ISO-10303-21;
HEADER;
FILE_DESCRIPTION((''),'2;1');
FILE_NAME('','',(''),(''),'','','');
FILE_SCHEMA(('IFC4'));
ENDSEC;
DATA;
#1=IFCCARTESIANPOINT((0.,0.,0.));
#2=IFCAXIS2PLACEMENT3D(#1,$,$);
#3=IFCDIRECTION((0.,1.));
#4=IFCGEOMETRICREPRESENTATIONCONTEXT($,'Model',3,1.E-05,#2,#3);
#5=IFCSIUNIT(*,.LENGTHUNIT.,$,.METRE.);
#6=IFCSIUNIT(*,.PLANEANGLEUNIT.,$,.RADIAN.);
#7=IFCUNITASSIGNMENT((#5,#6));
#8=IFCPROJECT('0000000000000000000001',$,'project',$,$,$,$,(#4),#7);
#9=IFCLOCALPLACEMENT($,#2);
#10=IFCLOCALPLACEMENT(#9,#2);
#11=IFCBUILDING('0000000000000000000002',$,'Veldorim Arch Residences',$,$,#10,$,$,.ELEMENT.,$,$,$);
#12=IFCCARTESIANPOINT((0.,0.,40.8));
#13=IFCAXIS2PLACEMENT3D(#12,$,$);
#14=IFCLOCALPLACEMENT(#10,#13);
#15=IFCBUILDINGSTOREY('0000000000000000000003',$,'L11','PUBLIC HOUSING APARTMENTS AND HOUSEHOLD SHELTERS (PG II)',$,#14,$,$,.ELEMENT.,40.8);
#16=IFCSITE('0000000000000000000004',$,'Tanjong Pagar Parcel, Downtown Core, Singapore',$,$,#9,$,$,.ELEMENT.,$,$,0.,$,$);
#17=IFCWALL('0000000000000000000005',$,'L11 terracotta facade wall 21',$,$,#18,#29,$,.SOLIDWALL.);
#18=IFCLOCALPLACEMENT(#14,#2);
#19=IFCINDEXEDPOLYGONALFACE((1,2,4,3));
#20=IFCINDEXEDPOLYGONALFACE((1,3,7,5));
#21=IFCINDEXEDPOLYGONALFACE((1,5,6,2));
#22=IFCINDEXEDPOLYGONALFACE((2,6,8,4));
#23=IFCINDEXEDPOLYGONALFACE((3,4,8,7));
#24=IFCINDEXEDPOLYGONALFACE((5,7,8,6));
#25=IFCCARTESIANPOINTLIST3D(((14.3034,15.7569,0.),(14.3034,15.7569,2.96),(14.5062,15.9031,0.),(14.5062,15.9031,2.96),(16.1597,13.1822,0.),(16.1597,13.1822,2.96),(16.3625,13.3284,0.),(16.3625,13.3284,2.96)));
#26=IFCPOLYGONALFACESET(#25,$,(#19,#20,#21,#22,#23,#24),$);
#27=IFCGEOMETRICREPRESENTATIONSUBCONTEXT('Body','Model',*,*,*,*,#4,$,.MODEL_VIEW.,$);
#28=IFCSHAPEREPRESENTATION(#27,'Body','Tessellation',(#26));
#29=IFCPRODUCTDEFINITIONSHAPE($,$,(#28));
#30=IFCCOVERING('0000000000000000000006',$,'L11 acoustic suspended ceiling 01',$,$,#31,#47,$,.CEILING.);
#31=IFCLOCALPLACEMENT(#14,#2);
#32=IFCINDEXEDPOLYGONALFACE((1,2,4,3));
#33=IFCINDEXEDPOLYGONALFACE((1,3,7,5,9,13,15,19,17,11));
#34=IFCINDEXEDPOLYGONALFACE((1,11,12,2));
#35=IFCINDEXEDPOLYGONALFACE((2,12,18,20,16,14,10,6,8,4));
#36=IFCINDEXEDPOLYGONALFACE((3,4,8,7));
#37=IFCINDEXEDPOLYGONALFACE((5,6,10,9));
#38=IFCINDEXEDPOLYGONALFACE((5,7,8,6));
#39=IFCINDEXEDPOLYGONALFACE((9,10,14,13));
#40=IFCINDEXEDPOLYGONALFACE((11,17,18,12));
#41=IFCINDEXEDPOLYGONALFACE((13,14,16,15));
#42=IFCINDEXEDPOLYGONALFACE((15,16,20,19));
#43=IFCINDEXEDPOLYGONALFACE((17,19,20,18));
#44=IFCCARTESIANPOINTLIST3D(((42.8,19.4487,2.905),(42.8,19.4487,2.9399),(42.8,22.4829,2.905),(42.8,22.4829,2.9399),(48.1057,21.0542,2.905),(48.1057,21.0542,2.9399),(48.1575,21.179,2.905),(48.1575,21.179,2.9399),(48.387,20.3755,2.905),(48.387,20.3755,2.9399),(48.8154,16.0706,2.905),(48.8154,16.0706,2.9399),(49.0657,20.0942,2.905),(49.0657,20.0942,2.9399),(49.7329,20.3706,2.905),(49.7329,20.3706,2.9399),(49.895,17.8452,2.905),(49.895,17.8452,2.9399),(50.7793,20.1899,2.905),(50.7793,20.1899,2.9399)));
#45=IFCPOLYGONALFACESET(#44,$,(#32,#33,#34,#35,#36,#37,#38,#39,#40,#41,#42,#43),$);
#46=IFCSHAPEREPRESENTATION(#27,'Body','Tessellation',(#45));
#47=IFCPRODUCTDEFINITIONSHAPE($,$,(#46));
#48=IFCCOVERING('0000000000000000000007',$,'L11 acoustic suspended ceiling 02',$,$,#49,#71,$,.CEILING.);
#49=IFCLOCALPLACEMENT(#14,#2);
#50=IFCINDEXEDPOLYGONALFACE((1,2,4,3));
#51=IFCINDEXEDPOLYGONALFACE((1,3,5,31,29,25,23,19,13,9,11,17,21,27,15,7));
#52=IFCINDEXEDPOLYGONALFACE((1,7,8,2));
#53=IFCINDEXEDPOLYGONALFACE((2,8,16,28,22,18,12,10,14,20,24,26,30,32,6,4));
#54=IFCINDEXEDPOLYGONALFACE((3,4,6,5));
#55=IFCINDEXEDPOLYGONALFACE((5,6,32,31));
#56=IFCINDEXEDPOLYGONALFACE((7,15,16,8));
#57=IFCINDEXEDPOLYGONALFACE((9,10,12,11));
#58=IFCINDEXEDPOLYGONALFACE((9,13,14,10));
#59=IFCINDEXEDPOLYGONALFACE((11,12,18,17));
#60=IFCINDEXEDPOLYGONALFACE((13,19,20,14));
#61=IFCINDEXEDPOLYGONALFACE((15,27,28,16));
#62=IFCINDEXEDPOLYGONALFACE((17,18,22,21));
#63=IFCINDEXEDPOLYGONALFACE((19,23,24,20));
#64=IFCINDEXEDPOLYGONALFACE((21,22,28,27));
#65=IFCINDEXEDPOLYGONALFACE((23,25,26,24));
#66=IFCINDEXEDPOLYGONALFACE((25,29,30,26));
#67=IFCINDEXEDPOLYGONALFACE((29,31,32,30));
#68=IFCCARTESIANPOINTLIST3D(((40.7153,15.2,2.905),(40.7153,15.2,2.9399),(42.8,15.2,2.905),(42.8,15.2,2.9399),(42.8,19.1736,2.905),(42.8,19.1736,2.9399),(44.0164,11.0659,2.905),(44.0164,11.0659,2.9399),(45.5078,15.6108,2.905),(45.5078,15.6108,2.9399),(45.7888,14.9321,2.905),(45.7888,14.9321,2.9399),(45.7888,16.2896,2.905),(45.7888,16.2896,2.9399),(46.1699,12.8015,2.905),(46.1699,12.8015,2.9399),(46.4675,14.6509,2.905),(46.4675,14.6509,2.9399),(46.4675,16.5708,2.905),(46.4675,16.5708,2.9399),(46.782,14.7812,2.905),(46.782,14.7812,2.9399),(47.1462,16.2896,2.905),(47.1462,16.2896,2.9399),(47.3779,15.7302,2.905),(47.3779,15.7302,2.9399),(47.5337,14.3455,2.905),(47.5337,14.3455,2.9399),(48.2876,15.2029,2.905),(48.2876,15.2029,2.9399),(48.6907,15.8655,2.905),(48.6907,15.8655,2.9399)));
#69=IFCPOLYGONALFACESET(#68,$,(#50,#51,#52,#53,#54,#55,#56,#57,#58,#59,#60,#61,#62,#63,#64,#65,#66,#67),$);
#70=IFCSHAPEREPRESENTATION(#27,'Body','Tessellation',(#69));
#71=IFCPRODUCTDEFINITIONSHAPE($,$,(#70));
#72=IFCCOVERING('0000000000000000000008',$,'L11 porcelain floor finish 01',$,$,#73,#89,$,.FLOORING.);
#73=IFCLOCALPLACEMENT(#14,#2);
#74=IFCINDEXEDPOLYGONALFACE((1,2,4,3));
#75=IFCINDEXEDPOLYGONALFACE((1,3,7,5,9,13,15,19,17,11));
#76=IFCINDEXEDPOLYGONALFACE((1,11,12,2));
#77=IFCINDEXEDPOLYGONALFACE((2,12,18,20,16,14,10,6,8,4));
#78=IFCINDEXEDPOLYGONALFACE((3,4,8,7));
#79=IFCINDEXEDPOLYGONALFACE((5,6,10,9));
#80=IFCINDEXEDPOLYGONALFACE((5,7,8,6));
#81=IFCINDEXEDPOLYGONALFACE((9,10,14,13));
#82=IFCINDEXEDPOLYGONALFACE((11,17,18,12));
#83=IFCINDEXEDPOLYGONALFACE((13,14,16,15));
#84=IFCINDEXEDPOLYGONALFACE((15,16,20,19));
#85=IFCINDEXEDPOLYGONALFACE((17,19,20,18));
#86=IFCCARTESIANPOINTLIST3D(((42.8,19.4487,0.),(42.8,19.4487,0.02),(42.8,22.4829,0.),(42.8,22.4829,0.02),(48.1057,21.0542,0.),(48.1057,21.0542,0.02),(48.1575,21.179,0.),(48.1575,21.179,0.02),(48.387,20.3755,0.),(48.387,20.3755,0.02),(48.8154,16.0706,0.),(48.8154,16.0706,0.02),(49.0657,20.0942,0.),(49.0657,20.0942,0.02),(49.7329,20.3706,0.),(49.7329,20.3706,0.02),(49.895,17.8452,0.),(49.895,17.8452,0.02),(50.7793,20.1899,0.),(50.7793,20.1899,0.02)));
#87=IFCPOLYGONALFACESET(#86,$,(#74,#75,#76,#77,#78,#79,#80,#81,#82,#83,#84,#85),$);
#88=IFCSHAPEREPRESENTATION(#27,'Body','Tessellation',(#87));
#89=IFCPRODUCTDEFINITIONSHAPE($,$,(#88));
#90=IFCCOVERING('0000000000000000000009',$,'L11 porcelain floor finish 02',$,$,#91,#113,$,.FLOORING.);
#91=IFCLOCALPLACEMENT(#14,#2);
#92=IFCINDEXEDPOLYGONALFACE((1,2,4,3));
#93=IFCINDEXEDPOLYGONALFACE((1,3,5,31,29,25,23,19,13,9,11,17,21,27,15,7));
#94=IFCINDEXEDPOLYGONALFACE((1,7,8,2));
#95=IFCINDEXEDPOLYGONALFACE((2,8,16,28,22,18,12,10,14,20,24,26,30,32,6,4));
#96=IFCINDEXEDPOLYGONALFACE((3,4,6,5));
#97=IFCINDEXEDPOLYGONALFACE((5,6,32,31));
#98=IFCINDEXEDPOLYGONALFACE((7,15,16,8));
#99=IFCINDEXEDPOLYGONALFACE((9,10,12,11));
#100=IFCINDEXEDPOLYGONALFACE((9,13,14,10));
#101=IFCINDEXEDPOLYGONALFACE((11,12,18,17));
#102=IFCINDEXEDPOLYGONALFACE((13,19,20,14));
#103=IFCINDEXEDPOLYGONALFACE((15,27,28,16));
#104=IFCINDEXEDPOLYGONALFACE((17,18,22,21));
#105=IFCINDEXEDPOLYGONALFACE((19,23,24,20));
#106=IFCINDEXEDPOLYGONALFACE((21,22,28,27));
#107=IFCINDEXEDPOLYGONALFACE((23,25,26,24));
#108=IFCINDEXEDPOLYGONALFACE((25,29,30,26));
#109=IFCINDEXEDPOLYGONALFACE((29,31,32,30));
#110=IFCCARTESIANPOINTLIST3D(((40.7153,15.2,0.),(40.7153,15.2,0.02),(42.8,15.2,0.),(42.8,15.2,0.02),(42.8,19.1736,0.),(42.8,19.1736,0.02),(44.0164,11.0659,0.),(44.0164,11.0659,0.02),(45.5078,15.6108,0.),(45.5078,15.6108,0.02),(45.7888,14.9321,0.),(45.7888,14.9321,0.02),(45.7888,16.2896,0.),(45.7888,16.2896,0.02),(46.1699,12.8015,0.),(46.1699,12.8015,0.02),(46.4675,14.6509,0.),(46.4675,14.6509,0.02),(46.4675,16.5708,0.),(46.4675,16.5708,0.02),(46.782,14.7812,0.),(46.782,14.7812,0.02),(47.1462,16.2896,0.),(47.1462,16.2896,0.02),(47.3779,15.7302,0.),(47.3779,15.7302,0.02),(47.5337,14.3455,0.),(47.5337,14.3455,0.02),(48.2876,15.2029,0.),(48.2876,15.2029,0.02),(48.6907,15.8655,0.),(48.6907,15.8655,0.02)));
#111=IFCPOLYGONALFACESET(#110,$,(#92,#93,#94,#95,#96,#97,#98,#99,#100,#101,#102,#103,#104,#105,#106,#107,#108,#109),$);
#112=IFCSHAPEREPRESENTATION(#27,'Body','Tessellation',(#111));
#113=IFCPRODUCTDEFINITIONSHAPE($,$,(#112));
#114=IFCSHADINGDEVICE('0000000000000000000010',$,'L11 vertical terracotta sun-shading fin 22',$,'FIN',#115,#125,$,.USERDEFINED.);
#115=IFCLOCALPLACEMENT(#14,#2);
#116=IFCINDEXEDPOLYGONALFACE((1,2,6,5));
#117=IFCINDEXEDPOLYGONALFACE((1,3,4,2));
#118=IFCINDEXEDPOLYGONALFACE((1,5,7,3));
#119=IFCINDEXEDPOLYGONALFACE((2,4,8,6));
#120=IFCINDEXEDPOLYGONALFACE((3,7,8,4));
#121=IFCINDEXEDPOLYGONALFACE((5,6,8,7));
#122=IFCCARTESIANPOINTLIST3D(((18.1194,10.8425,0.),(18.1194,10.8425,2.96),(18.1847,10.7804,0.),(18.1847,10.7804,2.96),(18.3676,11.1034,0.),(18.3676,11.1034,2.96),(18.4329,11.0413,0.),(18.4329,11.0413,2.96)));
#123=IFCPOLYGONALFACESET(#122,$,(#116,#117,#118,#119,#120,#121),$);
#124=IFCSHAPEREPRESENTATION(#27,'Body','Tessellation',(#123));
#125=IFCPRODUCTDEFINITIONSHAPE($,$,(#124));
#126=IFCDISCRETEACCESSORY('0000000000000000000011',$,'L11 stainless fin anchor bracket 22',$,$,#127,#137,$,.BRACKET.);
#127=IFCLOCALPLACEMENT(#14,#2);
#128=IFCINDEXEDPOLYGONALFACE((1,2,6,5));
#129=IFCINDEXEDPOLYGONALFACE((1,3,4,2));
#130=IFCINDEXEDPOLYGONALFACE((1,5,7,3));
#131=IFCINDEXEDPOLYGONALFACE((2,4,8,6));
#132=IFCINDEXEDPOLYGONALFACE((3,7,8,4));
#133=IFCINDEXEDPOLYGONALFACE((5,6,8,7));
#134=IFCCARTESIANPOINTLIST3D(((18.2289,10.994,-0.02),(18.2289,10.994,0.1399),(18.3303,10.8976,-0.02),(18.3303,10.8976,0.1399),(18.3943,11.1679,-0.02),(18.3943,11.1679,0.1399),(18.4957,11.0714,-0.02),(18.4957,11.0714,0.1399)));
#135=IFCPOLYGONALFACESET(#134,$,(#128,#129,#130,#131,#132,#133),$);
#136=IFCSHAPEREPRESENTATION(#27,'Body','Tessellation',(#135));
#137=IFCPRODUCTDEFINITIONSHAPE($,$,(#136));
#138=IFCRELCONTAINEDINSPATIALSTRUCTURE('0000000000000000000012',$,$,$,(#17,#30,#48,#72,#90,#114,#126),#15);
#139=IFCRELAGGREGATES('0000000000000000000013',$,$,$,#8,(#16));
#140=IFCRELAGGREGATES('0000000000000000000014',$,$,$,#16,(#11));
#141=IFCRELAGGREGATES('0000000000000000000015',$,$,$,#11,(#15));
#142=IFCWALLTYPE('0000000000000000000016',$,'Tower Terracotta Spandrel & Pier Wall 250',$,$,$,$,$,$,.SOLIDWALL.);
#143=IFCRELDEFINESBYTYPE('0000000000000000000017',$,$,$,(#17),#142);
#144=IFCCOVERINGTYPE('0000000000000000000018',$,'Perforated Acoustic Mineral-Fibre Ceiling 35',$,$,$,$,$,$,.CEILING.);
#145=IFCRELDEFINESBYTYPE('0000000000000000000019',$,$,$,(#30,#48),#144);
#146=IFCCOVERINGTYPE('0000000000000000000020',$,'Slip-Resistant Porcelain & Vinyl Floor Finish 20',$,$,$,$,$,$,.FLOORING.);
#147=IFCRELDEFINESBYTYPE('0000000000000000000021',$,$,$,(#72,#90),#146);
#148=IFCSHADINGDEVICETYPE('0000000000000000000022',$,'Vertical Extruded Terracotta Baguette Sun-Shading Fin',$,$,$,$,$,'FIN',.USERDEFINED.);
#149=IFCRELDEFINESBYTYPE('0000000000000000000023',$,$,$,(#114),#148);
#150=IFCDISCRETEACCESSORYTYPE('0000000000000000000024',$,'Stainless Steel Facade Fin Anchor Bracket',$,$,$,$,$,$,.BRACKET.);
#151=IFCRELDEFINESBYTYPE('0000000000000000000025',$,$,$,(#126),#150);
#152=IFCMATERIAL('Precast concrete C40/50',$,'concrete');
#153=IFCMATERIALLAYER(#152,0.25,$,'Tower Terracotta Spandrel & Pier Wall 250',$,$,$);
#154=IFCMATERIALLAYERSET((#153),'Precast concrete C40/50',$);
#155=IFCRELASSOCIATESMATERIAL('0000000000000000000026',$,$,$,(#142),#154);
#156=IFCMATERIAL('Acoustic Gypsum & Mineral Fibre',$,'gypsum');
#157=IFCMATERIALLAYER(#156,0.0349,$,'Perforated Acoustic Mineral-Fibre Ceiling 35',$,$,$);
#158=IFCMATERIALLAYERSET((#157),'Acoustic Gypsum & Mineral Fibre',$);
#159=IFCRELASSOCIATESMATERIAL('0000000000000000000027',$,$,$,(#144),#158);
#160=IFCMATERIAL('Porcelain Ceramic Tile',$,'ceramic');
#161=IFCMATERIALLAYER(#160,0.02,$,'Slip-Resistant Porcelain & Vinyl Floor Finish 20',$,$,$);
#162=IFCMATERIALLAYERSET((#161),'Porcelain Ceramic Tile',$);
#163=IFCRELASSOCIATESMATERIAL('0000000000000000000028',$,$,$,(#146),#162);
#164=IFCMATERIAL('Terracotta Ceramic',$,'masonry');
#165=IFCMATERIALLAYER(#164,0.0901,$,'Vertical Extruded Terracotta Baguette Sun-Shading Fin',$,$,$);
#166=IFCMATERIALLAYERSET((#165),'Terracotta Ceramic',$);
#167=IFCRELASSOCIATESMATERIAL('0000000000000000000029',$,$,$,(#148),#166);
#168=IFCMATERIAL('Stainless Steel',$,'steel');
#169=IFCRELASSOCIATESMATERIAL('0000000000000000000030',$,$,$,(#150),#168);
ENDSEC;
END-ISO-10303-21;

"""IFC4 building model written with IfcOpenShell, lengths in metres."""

from ifc_helpers import new_model, si_unit, direction, frame, frame_2d, origin, origin_2d, place, context, subcontext, project, spatial, polyline, rectangle, outline, extrude, material, layer, layer_set, type_object, element, save


model = new_model("IFC4")

# Units and contexts
model_context = context("Model", 3, precision=1e-05, world=origin(), true_north=direction((0.0, 1.0)))
body_context = subcontext(model_context, "Body", "Model", "MODEL_VIEW")
ifc_project = project(units=[si_unit("LENGTHUNIT", "METRE"), si_unit("PLANEANGLEUNIT", "RADIAN")], contexts=[model_context])

# Site, building, storey
site_placement = place(None, origin())
site = spatial("IfcSite", under=ifc_project, at=site_placement, Name="Tanjong Pagar Parcel, Downtown Core, Singapore", CompositionType="ELEMENT", RefElevation=0.0)
building_placement = place(site_placement, origin())
building = spatial("IfcBuilding", under=site, at=building_placement, Name="Veldorim Arch Residences", CompositionType="ELEMENT")
storey_placement = place(building_placement, frame((0.0, 0.0, 40.8)))
storey = spatial("IfcBuildingStorey", under=building, at=storey_placement, Name="L11", Description="PUBLIC HOUSING APARTMENTS AND HOUSEHOLD SHELTERS (PG II)", CompositionType="ELEMENT", Elevation=40.8)

# Wall
ifc_material_1 = material(Name="Precast concrete C40/50", Category="concrete")
ifc_layer_1 = layer(ifc_material_1, 0.25, Name="Tower Terracotta Spandrel & Pier Wall 250")
ifc_layer_set_1 = layer_set([ifc_layer_1], Name="Precast concrete C40/50")
wall_type = type_object("IfcWallType", Name="Tower Terracotta Spandrel & Pier Wall 250", PredefinedType="SOLIDWALL", material=ifc_layer_set_1)
wall_placement = place(storey_placement, frame((16.261, 13.2554, 0.0), z_axis=(0.0, 0.0, 1.0), x_axis=(-0.584805, 0.811174, 0.0)))
element("IfcWall", 1, at=wall_placement, inside=storey, type_object=wall_type, Name="L11 terracotta facade wall 21", PredefinedType="SOLIDWALL", context=body_context, shape_type="SweptSolid", body=[
    extrude(rectangle(XDim=3.1741, YDim=0.25, at=frame_2d((1.5869, 0.0))), origin(), (0.0, 0.0, 1.0), 2.96),
])

# Coverings
ifc_material_2 = material(Name="Acoustic Gypsum & Mineral Fibre", Category="gypsum")
ifc_layer_2 = layer(ifc_material_2, 0.0349, Name="Perforated Acoustic Mineral-Fibre Ceiling 35")
ifc_layer_set_2 = layer_set([ifc_layer_2], Name="Acoustic Gypsum & Mineral Fibre")
covering_type_1 = type_object("IfcCoveringType", Name="Perforated Acoustic Mineral-Fibre Ceiling 35", PredefinedType="CEILING", material=ifc_layer_set_2)
covering_1_placement = place(storey_placement, frame((0.0, 0.0, 2.905)))
element("IfcCovering", 2, at=covering_1_placement, inside=storey, type_object=covering_type_1, Name="L11 acoustic suspended ceiling 01", PredefinedType="CEILING", context=body_context, shape_type="SweptSolid", body=[
    extrude(outline(polyline([(49.0657, 20.0942), (49.7329, 20.3706), (50.7793, 20.1899), (49.895, 17.8452), (48.8154, 16.0706), (42.8, 19.4487), (42.8, 22.4829), (48.1575, 21.179), (48.1057, 21.0542), (48.387, 20.3755), (49.0657, 20.0942)])), origin(), (0.0, 0.0, 1.0), 0.0349),
])
covering_2_placement = place(storey_placement, frame((0.0, 0.0, 2.905)))
element("IfcCovering", 3, at=covering_2_placement, inside=storey, type_object=covering_type_1, Name="L11 acoustic suspended ceiling 02", PredefinedType="CEILING", context=body_context, shape_type="SweptSolid", body=[
    extrude(outline(polyline([(47.1462, 16.2896), (46.4675, 16.5708), (45.7888, 16.2896), (45.5078, 15.6108), (45.7888, 14.9321), (46.4675, 14.6509), (46.782, 14.7812), (47.5337, 14.3455), (46.1699, 12.8015), (44.0164, 11.0659), (40.7153, 15.2), (42.8, 15.2), (42.8, 19.1736), (48.6907, 15.8655), (48.2876, 15.2029), (47.3779, 15.7302), (47.1462, 16.2896)])), origin(), (0.0, 0.0, 1.0), 0.0349),
])
ifc_material_3 = material(Name="Porcelain Ceramic Tile", Category="ceramic")
ifc_layer_3 = layer(ifc_material_3, 0.02, Name="Slip-Resistant Porcelain & Vinyl Floor Finish 20")
ifc_layer_set_3 = layer_set([ifc_layer_3], Name="Porcelain Ceramic Tile")
covering_type_2 = type_object("IfcCoveringType", Name="Slip-Resistant Porcelain & Vinyl Floor Finish 20", PredefinedType="FLOORING", material=ifc_layer_set_3)
covering_3_placement = place(storey_placement, origin())
element("IfcCovering", 4, at=covering_3_placement, inside=storey, type_object=covering_type_2, Name="L11 porcelain floor finish 01", PredefinedType="FLOORING", context=body_context, shape_type="SweptSolid", body=[
    extrude(outline(polyline([(49.0657, 20.0942), (49.7329, 20.3706), (50.7793, 20.1899), (49.895, 17.8452), (48.8154, 16.0706), (42.8, 19.4487), (42.8, 22.4829), (48.1575, 21.179), (48.1057, 21.0542), (48.387, 20.3755), (49.0657, 20.0942)])), origin(), (0.0, 0.0, 1.0), 0.02),
])
covering_4_placement = place(storey_placement, origin())
element("IfcCovering", 5, at=covering_4_placement, inside=storey, type_object=covering_type_2, Name="L11 porcelain floor finish 02", PredefinedType="FLOORING", context=body_context, shape_type="SweptSolid", body=[
    extrude(outline(polyline([(47.1462, 16.2896), (46.4675, 16.5708), (45.7888, 16.2896), (45.5078, 15.6108), (45.7888, 14.9321), (46.4675, 14.6509), (46.782, 14.7812), (47.5337, 14.3455), (46.1699, 12.8015), (44.0164, 11.0659), (40.7153, 15.2), (42.8, 15.2), (42.8, 19.1736), (48.6907, 15.8655), (48.2876, 15.2029), (47.3779, 15.7302), (47.1462, 16.2896)])), origin(), (0.0, 0.0, 1.0), 0.02),
])

# Shading device
ifc_material_4 = material(Name="Terracotta Ceramic", Category="masonry")
ifc_layer_4 = layer(ifc_material_4, 0.0901, Name="Vertical Extruded Terracotta Baguette Sun-Shading Fin")
ifc_layer_set_4 = layer_set([ifc_layer_4], Name="Terracotta Ceramic")
shading_device_type = type_object("IfcShadingDeviceType", Name="Vertical Extruded Terracotta Baguette Sun-Shading Fin", ElementType="FIN", PredefinedType="USERDEFINED", material=ifc_layer_set_4)
shading_device_placement = place(storey_placement, frame((18.2761, 10.9419, 0.0), z_axis=(0.0, 0.0, 1.0), x_axis=(-0.724533, 0.68924, 0.0)))
element("IfcShadingDevice", 6, at=shading_device_placement, inside=storey, type_object=shading_device_type, Name="L11 vertical terracotta sun-shading fin 22", ObjectType="FIN", PredefinedType="USERDEFINED", context=body_context, shape_type="SweptSolid", body=[
    extrude(rectangle(XDim=0.0901, YDim=0.3601, at=origin_2d()), origin(), (0.0, 0.0, 1.0), 2.96),
])

# Discrete accessory
ifc_material_5 = material(Name="Stainless Steel", Category="steel")
discrete_accessory_type = type_object("IfcDiscreteAccessoryType", Name="Stainless Steel Facade Fin Anchor Bracket", PredefinedType="BRACKET", material=ifc_material_5)
discrete_accessory_placement = place(storey_placement, frame((18.3623, 11.0327, -0.02), z_axis=(0.0, 0.0, 1.0), x_axis=(-0.724533, 0.68924, 0.0)))
element("IfcDiscreteAccessory", 7, at=discrete_accessory_placement, inside=storey, type_object=discrete_accessory_type, Name="L11 stainless fin anchor bracket 22", PredefinedType="BRACKET", context=body_context, shape_type="SweptSolid", body=[
    extrude(rectangle(XDim=0.1399, YDim=0.24, at=origin_2d()), origin(), (0.0, 0.0, 1.0), 0.1599),
])

save(model, "model.ifc")
